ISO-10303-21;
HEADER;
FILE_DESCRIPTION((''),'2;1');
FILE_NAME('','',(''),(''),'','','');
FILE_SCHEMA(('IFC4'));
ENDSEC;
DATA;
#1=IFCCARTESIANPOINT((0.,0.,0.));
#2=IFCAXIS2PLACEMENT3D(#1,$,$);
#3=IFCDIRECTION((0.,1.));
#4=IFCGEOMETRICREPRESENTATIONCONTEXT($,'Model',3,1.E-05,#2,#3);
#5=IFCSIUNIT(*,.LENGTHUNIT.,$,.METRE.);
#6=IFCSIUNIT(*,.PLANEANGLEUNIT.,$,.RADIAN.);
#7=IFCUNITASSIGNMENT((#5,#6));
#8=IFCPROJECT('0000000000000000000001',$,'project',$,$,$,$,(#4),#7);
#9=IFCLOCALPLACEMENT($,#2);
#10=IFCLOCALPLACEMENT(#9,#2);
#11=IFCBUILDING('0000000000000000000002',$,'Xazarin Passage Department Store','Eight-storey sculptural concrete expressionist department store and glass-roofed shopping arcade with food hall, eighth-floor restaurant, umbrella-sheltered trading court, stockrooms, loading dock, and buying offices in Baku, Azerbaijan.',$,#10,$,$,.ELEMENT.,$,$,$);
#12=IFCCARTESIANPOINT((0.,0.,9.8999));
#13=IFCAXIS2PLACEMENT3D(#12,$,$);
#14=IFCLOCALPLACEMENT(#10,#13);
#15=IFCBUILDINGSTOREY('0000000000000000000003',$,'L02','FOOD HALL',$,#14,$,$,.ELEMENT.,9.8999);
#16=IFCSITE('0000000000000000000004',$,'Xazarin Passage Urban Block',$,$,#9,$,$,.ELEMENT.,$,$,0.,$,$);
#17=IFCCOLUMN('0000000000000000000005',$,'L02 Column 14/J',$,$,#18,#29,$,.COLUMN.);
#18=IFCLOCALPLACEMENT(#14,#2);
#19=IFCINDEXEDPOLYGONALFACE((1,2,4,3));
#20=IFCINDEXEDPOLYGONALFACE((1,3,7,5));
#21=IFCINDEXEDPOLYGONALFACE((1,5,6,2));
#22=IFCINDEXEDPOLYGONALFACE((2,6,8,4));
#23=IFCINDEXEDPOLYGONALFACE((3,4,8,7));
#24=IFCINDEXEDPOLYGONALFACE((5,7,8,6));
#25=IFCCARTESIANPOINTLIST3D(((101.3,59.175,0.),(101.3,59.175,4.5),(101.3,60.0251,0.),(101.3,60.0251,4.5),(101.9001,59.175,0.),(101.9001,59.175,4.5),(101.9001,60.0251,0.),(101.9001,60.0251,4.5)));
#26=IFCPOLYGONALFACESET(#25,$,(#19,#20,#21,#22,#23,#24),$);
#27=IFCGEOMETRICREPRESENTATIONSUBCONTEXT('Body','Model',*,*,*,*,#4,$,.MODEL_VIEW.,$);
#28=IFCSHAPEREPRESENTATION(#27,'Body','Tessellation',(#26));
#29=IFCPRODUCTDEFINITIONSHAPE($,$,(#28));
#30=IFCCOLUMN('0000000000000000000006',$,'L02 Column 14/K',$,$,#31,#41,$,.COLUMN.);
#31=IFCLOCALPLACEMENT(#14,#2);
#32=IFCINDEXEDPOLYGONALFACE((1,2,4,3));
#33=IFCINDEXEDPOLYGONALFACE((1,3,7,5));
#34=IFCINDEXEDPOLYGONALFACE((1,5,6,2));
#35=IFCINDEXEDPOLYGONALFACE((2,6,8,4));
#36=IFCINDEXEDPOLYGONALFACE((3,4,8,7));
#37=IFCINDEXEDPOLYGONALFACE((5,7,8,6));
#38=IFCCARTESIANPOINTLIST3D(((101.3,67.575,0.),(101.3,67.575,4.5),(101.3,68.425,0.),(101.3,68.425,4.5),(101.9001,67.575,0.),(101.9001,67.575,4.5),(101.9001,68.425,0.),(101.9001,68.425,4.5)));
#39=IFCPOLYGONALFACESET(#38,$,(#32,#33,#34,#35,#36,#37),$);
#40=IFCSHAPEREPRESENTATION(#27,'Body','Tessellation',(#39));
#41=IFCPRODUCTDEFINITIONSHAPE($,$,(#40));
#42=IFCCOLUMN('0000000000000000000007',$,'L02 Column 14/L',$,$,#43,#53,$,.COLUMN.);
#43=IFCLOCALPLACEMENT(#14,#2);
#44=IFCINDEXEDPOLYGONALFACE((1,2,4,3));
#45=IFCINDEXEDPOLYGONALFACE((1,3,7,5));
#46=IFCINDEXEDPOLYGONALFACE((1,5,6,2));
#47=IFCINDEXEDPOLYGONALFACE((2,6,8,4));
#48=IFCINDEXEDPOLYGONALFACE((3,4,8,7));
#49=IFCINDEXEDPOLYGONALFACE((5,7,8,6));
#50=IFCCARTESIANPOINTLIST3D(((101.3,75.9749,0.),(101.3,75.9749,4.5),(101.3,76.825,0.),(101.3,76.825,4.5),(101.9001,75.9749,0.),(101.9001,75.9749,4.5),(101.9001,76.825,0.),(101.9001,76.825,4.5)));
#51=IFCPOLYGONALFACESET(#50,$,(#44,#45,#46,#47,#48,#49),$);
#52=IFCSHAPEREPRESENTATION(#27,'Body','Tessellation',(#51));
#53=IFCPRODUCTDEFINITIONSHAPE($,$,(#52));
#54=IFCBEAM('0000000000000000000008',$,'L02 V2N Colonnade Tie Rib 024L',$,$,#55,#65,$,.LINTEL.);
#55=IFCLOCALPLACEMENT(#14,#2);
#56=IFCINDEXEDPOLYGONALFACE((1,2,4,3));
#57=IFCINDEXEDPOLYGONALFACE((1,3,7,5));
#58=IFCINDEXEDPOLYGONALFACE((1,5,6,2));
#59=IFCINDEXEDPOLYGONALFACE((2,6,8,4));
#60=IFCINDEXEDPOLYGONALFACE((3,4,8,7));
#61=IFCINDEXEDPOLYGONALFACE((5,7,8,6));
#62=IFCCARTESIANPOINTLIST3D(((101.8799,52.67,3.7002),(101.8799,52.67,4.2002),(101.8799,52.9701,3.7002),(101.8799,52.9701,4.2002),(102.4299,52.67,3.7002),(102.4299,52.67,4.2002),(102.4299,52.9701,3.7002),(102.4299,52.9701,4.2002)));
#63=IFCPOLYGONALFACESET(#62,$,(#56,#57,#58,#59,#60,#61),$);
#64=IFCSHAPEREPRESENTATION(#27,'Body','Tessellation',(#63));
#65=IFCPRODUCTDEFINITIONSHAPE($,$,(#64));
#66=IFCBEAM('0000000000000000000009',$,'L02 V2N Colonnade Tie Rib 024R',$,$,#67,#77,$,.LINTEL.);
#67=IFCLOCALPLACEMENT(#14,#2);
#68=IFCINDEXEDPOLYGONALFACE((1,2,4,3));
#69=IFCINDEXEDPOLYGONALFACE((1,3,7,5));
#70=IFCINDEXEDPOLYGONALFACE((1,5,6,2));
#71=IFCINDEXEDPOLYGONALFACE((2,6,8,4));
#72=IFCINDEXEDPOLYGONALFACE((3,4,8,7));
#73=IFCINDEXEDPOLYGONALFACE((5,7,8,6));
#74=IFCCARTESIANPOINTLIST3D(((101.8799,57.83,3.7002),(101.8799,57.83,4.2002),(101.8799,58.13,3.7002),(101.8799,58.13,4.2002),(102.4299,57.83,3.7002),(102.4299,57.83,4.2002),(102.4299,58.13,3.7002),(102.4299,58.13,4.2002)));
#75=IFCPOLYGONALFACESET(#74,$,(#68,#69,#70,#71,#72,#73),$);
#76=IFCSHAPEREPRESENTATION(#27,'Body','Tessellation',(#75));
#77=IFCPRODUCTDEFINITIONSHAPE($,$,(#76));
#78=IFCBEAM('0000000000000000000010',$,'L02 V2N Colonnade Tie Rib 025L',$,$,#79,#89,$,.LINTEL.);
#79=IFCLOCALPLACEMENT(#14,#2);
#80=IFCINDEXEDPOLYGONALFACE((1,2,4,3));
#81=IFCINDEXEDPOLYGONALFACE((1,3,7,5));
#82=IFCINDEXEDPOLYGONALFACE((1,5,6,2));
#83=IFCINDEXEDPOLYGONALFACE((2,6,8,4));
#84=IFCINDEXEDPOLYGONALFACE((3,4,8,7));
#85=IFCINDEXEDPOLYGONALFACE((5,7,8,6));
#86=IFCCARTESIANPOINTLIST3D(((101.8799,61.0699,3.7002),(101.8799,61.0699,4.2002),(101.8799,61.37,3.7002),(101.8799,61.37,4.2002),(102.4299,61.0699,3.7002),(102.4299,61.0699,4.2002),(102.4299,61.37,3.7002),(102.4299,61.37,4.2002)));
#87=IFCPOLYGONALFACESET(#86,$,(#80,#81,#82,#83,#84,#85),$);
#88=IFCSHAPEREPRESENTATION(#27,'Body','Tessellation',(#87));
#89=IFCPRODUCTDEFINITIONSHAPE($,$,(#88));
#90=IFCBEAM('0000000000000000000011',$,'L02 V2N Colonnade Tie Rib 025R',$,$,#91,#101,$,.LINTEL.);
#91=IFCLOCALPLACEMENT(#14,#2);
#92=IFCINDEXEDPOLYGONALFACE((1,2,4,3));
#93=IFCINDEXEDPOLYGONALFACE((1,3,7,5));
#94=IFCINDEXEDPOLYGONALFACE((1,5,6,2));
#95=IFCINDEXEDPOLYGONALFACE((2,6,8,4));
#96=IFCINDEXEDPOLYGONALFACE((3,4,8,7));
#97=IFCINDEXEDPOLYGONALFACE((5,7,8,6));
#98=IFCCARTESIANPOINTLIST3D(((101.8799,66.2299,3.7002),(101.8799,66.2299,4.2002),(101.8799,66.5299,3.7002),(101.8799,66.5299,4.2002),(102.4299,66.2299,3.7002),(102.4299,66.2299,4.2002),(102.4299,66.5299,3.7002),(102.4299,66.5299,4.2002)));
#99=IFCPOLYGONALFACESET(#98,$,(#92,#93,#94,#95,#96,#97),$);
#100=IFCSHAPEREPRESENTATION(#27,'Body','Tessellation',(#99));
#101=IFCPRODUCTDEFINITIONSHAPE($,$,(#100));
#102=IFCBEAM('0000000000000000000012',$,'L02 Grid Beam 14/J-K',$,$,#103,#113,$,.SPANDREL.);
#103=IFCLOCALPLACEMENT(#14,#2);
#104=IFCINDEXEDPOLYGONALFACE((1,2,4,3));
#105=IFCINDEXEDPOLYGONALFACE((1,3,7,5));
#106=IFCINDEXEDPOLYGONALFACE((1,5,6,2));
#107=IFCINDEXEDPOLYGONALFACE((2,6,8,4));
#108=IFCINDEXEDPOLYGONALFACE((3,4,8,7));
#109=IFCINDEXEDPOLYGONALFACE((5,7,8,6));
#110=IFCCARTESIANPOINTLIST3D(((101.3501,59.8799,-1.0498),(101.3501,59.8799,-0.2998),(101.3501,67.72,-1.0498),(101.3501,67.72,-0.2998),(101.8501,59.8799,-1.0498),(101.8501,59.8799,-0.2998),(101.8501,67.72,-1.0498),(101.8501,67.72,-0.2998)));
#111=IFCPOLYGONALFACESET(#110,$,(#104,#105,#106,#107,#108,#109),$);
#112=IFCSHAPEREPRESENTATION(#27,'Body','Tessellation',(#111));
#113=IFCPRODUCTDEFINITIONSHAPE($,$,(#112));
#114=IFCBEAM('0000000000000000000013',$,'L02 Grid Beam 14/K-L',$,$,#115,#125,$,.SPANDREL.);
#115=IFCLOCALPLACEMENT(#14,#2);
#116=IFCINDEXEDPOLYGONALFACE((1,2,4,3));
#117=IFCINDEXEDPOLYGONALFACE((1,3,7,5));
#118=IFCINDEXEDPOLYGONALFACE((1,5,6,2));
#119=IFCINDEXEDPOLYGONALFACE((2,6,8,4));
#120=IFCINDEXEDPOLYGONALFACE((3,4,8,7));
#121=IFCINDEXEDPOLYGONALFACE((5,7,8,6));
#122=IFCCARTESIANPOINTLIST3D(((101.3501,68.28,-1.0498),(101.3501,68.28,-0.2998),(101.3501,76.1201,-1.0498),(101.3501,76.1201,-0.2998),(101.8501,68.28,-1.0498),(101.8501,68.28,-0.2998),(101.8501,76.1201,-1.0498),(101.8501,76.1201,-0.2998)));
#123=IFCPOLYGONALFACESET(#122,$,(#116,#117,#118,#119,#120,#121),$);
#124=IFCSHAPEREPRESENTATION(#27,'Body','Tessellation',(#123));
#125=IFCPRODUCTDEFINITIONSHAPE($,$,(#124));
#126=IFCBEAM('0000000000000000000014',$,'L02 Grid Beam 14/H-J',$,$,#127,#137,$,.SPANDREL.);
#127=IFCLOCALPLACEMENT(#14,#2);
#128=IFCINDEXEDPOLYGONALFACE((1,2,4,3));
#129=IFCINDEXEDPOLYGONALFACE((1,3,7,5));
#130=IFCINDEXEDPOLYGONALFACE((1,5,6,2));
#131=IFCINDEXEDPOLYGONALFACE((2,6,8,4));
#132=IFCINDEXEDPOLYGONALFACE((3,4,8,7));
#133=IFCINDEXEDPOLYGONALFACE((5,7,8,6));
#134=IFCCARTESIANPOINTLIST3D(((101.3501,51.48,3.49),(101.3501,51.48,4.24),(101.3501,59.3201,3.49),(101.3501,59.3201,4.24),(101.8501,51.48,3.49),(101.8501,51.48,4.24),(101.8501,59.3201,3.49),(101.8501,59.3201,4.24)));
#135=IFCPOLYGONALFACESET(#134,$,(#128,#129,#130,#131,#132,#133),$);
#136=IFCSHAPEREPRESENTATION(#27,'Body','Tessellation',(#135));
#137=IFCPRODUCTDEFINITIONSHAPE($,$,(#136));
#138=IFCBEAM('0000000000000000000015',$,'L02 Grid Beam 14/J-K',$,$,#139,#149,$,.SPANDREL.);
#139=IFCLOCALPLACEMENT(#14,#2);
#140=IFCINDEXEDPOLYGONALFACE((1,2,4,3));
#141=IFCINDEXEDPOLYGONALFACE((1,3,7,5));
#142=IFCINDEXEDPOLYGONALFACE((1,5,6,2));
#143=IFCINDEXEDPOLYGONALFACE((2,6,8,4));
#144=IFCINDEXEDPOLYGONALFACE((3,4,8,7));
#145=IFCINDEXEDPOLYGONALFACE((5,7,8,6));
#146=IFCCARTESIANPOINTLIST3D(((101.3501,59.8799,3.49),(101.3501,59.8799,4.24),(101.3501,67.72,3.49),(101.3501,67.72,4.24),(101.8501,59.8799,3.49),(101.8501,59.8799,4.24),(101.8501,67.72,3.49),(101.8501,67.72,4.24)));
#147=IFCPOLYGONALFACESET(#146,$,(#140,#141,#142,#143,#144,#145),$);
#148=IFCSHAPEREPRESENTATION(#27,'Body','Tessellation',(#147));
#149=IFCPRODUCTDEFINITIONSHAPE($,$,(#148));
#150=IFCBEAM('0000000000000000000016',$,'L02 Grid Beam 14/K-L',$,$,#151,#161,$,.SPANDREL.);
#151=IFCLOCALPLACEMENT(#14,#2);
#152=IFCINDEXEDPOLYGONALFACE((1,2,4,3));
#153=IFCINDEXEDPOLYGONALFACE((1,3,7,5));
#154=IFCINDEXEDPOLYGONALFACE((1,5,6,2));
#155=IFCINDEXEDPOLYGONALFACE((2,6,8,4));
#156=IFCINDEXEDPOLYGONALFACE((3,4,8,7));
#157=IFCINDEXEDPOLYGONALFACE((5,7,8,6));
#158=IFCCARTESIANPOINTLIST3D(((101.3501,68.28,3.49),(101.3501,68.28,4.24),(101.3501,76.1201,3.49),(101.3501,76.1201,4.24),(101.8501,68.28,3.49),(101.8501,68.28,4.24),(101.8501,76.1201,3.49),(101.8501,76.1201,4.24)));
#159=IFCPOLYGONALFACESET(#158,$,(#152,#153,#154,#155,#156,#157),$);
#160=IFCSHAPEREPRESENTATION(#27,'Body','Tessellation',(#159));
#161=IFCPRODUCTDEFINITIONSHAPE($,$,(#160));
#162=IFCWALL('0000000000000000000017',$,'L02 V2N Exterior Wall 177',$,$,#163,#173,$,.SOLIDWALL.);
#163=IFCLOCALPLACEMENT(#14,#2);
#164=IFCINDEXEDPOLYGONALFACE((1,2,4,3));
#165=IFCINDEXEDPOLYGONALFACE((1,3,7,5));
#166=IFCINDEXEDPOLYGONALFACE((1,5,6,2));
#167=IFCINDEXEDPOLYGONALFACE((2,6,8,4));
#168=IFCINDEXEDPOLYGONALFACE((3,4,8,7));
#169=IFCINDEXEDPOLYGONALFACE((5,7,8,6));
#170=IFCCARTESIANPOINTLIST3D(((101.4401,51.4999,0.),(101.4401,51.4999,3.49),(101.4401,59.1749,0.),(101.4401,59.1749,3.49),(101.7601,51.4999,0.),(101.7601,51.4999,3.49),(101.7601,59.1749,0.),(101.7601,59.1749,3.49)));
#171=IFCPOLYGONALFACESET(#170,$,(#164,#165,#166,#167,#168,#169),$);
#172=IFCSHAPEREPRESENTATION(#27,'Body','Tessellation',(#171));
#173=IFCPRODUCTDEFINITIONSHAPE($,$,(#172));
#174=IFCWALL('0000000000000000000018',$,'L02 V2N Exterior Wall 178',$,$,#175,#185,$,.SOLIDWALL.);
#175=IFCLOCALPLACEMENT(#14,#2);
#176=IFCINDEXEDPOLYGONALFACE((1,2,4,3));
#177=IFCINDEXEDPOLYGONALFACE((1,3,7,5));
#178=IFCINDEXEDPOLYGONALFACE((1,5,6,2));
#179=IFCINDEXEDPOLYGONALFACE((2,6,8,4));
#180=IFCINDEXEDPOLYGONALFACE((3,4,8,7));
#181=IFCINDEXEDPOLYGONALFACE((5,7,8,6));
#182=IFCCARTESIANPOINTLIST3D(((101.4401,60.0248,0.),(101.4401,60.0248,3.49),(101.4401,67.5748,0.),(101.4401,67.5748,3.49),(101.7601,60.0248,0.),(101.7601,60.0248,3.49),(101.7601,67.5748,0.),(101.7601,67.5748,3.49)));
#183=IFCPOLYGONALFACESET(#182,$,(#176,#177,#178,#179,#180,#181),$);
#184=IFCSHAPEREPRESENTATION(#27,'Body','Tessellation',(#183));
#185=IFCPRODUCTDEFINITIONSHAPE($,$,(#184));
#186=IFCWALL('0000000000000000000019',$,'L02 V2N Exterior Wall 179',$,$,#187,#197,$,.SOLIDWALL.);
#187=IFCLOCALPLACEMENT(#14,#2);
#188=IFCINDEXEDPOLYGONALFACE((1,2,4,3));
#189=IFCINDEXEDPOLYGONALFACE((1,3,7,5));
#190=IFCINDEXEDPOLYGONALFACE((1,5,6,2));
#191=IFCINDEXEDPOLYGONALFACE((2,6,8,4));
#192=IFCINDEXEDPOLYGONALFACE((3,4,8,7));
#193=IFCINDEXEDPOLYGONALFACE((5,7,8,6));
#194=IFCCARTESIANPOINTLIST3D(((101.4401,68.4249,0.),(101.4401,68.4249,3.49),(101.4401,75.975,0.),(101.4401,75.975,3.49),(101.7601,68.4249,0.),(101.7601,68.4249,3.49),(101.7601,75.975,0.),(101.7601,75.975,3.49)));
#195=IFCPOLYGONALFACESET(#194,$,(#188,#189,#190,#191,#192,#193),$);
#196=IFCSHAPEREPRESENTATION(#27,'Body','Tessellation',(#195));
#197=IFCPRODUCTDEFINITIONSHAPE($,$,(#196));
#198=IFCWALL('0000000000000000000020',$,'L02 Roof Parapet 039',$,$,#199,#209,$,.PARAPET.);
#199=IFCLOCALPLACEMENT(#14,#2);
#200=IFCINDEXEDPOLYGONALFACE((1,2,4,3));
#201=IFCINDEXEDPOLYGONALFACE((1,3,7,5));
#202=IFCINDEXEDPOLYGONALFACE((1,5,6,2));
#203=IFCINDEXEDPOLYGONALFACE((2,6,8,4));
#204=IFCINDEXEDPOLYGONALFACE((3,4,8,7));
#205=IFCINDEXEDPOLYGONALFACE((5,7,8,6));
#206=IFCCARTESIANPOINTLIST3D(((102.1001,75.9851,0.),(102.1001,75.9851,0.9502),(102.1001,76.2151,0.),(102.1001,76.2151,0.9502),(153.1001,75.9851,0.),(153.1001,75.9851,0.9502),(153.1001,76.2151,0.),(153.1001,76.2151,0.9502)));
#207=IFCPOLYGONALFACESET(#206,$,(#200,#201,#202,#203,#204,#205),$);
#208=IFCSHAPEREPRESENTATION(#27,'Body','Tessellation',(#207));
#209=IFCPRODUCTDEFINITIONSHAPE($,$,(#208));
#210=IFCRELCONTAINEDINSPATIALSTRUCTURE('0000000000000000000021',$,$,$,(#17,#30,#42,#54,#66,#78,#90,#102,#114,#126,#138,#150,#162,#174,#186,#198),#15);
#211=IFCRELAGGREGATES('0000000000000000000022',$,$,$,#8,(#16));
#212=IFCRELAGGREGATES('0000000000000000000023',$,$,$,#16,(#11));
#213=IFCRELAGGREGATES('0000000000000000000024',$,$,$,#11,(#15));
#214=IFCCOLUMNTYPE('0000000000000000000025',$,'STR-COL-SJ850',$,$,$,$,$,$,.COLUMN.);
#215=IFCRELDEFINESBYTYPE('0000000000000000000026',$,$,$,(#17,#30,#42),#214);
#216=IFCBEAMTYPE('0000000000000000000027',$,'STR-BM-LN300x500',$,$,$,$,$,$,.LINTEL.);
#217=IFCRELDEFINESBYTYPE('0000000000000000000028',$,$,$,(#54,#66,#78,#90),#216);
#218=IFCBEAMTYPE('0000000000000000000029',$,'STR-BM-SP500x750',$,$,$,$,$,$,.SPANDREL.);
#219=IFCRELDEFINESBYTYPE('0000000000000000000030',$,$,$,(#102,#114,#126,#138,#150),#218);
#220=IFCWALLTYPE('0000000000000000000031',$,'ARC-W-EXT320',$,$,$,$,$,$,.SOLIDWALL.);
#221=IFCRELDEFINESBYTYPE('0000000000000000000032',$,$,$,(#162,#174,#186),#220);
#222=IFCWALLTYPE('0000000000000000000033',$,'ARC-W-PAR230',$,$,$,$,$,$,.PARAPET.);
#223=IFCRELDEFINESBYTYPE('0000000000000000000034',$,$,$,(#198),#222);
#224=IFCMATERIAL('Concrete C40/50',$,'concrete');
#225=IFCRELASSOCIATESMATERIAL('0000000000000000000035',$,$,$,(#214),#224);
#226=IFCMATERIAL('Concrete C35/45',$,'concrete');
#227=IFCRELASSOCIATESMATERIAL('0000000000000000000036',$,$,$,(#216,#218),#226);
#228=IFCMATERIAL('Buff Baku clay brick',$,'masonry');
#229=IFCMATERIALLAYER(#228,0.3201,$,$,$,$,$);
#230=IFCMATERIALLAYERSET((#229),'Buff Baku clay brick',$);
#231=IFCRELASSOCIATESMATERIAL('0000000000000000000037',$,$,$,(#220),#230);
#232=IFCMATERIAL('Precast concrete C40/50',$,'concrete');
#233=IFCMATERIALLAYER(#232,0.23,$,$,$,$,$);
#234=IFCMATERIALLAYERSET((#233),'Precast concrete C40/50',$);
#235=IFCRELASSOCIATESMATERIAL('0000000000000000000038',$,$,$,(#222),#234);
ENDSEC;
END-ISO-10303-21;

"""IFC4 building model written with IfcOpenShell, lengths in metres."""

from ifc_helpers import new_model, si_unit, direction, frame, frame_2d, origin, origin_2d, place, context, subcontext, project, spatial, rectangle, extrude, material, layer, layer_set, material_profile, profile_set, type_object, element, save


model = new_model("IFC4")

# Units and contexts
model_context = context("Model", 3, precision=1e-05, world=origin(), true_north=direction((0.0, 1.0)))
body_context = subcontext(model_context, "Body", "Model", "MODEL_VIEW")
ifc_project = project(units=[si_unit("LENGTHUNIT", "METRE"), si_unit("PLANEANGLEUNIT", "RADIAN")], contexts=[model_context])

# Site, building, storey
site_placement = place(None, origin())
site = spatial("IfcSite", under=ifc_project, at=site_placement, Name="Xazarin Passage Urban Block", CompositionType="ELEMENT", RefElevation=0.0)
building_placement = place(site_placement, origin())
building = spatial("IfcBuilding", under=site, at=building_placement, Name="Xazarin Passage Department Store", Description="Eight-storey sculptural concrete expressionist department store and glass-roofed shopping arcade with food hall, eighth-floor restaurant, umbrella-sheltered trading court, stockrooms, loading dock, and buying offices in Baku, Azerbaijan.", CompositionType="ELEMENT")
storey_placement = place(building_placement, frame((0.0, 0.0, 9.8999)))
storey = spatial("IfcBuildingStorey", under=building, at=storey_placement, Name="L02", Description="FOOD HALL", CompositionType="ELEMENT", Elevation=9.8999)

# Columns
ifc_material_1 = material(Name="Concrete C40/50", Category="concrete")
ifc_material_profile_1 = material_profile(ifc_material_1, rectangle(XDim=0.6001, YDim=0.8501, at=origin_2d()), Name="RC 600x850")
ifc_profile_set_1 = profile_set([ifc_material_profile_1], Name="Concrete C40/50")
column_type = type_object("IfcColumnType", Name="STR-COL-SJ850", PredefinedType="COLUMN", material=ifc_profile_set_1)
for number, where, z_axis, x_axis, name in (
    (1, (101.6001, 59.6001, 0.0), (0.0, 0.0, 1.0), (1.0, 0.0, 0.0), "L02 Column 14/J"),
    (2, (101.6001, 68.0, 0.0), (0.0, 0.0, 1.0), (1.0, 0.0, 0.0), "L02 Column 14/K"),
    (3, (101.6001, 76.3999, 0.0), (0.0, 0.0, 1.0), (1.0, 0.0, 0.0), "L02 Column 14/L"),
):
    element("IfcColumn", number, at=place(storey_placement, frame(where, z_axis=z_axis, x_axis=x_axis)), inside=storey, type_object=column_type, Name=name, PredefinedType="COLUMN", context=body_context, shape_type="SweptSolid", body=[
        extrude(rectangle(XDim=0.6001, YDim=0.8501, at=origin_2d()), origin(), (0.0, 0.0, 1.0), 4.5),
    ])

# Beams
ifc_material_2 = material(Name="Concrete C35/45", Category="concrete")
ifc_material_profile_2 = material_profile(ifc_material_2, rectangle(XDim=0.3, YDim=0.5, at=origin_2d()), Name="RC 300x500")
ifc_profile_set_2 = profile_set([ifc_material_profile_2], Name="Concrete C35/45")
beam_type_1 = type_object("IfcBeamType", Name="STR-BM-LN300x500", PredefinedType="LINTEL", material=ifc_profile_set_2)
for number, where, z_axis, x_axis, name in (
    (4, (101.8799, 52.8201, 3.9502), (1.0, 0.0, 0.0), (0.0, 1.0, 0.0), "L02 V2N Colonnade Tie Rib 024L"),
    (5, (101.8799, 57.98, 3.9502), (1.0, 0.0, 0.0), (0.0, 1.0, 0.0), "L02 V2N Colonnade Tie Rib 024R"),
    (6, (101.8799, 61.22, 3.9502), (1.0, 0.0, 0.0), (0.0, 1.0, 0.0), "L02 V2N Colonnade Tie Rib 025L"),
    (7, (101.8799, 66.3799, 3.9502), (1.0, 0.0, 0.0), (0.0, 1.0, 0.0), "L02 V2N Colonnade Tie Rib 025R"),
):
    element("IfcBeam", number, at=place(storey_placement, frame(where, z_axis=z_axis, x_axis=x_axis)), inside=storey, type_object=beam_type_1, Name=name, PredefinedType="LINTEL", context=body_context, shape_type="SweptSolid", body=[
        extrude(rectangle(XDim=0.3, YDim=0.5, at=origin_2d()), origin(), (0.0, 0.0, 1.0), 0.55),
    ])
ifc_material_profile_3 = material_profile(ifc_material_2, rectangle(XDim=0.5, YDim=0.75, at=origin_2d()), Name="RC 500x750")
ifc_profile_set_3 = profile_set([ifc_material_profile_3], Name="Concrete C35/45")
beam_type_2 = type_object("IfcBeamType", Name="STR-BM-SP500x750", PredefinedType="SPANDREL", material=ifc_profile_set_3)
for number, where, z_axis, x_axis, name in (
    (8, (101.6001, 59.8799, -0.6748), (0.0, 1.0, 0.0), (-1.0, 0.0, 0.0), "L02 Grid Beam 14/J-K"),
    (9, (101.6001, 68.28, -0.6748), (0.0, 1.0, 0.0), (-1.0, 0.0, 0.0), "L02 Grid Beam 14/K-L"),
    (10, (101.6001, 51.48, 3.865), (0.0, 1.0, 0.0), (-1.0, 0.0, 0.0), "L02 Grid Beam 14/H-J"),
    (11, (101.6001, 59.8799, 3.865), (0.0, 1.0, 0.0), (-1.0, 0.0, 0.0), "L02 Grid Beam 14/J-K"),
    (12, (101.6001, 68.28, 3.865), (0.0, 1.0, 0.0), (-1.0, 0.0, 0.0), "L02 Grid Beam 14/K-L"),
):
    element("IfcBeam", number, at=place(storey_placement, frame(where, z_axis=z_axis, x_axis=x_axis)), inside=storey, type_object=beam_type_2, Name=name, PredefinedType="SPANDREL", context=body_context, shape_type="SweptSolid", body=[
        extrude(rectangle(XDim=0.5, YDim=0.75, at=origin_2d()), origin(), (0.0, 0.0, 1.0), 7.8401),
    ])

# Walls
ifc_material_3 = material(Name="Buff Baku clay brick", Category="masonry")
ifc_layer_1 = layer(ifc_material_3, 0.3201)
ifc_layer_set_1 = layer_set([ifc_layer_1], Name="Buff Baku clay brick")
wall_type_1 = type_object("IfcWallType", Name="ARC-W-EXT320", PredefinedType="SOLIDWALL", material=ifc_layer_set_1)
wall_1_placement = place(storey_placement, frame((101.6001, 51.5, 0.0), z_axis=(0.0, 0.0, 1.0), x_axis=(0.0, 1.0, 0.0)))
element("IfcWall", 13, at=wall_1_placement, inside=storey, type_object=wall_type_1, Name="L02 V2N Exterior Wall 177", PredefinedType="SOLIDWALL", context=body_context, shape_type="SweptSolid", body=[
    extrude(rectangle(XDim=7.675, YDim=0.3201, at=frame_2d((3.8374, 0.0))), origin(), (0.0, 0.0, 1.0), 3.49),
])
for number, where, z_axis, x_axis, name in (
    (14, (101.6001, 60.0249, 0.0), (0.0, 0.0, 1.0), (0.0, 1.0, 0.0), "L02 V2N Exterior Wall 178"),
    (15, (101.6001, 68.425, 0.0), (0.0, 0.0, 1.0), (0.0, 1.0, 0.0), "L02 V2N Exterior Wall 179"),
):
    element("IfcWall", number, at=place(storey_placement, frame(where, z_axis=z_axis, x_axis=x_axis)), inside=storey, type_object=wall_type_1, Name=name, PredefinedType="SOLIDWALL", context=body_context, shape_type="SweptSolid", body=[
        extrude(rectangle(XDim=7.55, YDim=0.3201, at=frame_2d((3.7749, 0.0))), origin(), (0.0, 0.0, 1.0), 3.49),
    ])
ifc_material_4 = material(Name="Precast concrete C40/50", Category="concrete")
ifc_layer_2 = layer(ifc_material_4, 0.23)
ifc_layer_set_2 = layer_set([ifc_layer_2], Name="Precast concrete C40/50")
wall_type_2 = type_object("IfcWallType", Name="ARC-W-PAR230", PredefinedType="PARAPET", material=ifc_layer_set_2)
wall_2_placement = place(storey_placement, frame((102.1001, 76.1001, 0.0), z_axis=(0.0, 0.0, 1.0), x_axis=(1.0, 0.0, 0.0)))
element("IfcWall", 16, at=wall_2_placement, inside=storey, type_object=wall_type_2, Name="L02 Roof Parapet 039", PredefinedType="PARAPET", context=body_context, shape_type="SweptSolid", body=[
    extrude(rectangle(XDim=51.0, YDim=0.23, at=frame_2d((25.5, 0.0))), origin(), (0.0, 0.0, 1.0), 0.9502),
])

save(model, "model.ifc")
